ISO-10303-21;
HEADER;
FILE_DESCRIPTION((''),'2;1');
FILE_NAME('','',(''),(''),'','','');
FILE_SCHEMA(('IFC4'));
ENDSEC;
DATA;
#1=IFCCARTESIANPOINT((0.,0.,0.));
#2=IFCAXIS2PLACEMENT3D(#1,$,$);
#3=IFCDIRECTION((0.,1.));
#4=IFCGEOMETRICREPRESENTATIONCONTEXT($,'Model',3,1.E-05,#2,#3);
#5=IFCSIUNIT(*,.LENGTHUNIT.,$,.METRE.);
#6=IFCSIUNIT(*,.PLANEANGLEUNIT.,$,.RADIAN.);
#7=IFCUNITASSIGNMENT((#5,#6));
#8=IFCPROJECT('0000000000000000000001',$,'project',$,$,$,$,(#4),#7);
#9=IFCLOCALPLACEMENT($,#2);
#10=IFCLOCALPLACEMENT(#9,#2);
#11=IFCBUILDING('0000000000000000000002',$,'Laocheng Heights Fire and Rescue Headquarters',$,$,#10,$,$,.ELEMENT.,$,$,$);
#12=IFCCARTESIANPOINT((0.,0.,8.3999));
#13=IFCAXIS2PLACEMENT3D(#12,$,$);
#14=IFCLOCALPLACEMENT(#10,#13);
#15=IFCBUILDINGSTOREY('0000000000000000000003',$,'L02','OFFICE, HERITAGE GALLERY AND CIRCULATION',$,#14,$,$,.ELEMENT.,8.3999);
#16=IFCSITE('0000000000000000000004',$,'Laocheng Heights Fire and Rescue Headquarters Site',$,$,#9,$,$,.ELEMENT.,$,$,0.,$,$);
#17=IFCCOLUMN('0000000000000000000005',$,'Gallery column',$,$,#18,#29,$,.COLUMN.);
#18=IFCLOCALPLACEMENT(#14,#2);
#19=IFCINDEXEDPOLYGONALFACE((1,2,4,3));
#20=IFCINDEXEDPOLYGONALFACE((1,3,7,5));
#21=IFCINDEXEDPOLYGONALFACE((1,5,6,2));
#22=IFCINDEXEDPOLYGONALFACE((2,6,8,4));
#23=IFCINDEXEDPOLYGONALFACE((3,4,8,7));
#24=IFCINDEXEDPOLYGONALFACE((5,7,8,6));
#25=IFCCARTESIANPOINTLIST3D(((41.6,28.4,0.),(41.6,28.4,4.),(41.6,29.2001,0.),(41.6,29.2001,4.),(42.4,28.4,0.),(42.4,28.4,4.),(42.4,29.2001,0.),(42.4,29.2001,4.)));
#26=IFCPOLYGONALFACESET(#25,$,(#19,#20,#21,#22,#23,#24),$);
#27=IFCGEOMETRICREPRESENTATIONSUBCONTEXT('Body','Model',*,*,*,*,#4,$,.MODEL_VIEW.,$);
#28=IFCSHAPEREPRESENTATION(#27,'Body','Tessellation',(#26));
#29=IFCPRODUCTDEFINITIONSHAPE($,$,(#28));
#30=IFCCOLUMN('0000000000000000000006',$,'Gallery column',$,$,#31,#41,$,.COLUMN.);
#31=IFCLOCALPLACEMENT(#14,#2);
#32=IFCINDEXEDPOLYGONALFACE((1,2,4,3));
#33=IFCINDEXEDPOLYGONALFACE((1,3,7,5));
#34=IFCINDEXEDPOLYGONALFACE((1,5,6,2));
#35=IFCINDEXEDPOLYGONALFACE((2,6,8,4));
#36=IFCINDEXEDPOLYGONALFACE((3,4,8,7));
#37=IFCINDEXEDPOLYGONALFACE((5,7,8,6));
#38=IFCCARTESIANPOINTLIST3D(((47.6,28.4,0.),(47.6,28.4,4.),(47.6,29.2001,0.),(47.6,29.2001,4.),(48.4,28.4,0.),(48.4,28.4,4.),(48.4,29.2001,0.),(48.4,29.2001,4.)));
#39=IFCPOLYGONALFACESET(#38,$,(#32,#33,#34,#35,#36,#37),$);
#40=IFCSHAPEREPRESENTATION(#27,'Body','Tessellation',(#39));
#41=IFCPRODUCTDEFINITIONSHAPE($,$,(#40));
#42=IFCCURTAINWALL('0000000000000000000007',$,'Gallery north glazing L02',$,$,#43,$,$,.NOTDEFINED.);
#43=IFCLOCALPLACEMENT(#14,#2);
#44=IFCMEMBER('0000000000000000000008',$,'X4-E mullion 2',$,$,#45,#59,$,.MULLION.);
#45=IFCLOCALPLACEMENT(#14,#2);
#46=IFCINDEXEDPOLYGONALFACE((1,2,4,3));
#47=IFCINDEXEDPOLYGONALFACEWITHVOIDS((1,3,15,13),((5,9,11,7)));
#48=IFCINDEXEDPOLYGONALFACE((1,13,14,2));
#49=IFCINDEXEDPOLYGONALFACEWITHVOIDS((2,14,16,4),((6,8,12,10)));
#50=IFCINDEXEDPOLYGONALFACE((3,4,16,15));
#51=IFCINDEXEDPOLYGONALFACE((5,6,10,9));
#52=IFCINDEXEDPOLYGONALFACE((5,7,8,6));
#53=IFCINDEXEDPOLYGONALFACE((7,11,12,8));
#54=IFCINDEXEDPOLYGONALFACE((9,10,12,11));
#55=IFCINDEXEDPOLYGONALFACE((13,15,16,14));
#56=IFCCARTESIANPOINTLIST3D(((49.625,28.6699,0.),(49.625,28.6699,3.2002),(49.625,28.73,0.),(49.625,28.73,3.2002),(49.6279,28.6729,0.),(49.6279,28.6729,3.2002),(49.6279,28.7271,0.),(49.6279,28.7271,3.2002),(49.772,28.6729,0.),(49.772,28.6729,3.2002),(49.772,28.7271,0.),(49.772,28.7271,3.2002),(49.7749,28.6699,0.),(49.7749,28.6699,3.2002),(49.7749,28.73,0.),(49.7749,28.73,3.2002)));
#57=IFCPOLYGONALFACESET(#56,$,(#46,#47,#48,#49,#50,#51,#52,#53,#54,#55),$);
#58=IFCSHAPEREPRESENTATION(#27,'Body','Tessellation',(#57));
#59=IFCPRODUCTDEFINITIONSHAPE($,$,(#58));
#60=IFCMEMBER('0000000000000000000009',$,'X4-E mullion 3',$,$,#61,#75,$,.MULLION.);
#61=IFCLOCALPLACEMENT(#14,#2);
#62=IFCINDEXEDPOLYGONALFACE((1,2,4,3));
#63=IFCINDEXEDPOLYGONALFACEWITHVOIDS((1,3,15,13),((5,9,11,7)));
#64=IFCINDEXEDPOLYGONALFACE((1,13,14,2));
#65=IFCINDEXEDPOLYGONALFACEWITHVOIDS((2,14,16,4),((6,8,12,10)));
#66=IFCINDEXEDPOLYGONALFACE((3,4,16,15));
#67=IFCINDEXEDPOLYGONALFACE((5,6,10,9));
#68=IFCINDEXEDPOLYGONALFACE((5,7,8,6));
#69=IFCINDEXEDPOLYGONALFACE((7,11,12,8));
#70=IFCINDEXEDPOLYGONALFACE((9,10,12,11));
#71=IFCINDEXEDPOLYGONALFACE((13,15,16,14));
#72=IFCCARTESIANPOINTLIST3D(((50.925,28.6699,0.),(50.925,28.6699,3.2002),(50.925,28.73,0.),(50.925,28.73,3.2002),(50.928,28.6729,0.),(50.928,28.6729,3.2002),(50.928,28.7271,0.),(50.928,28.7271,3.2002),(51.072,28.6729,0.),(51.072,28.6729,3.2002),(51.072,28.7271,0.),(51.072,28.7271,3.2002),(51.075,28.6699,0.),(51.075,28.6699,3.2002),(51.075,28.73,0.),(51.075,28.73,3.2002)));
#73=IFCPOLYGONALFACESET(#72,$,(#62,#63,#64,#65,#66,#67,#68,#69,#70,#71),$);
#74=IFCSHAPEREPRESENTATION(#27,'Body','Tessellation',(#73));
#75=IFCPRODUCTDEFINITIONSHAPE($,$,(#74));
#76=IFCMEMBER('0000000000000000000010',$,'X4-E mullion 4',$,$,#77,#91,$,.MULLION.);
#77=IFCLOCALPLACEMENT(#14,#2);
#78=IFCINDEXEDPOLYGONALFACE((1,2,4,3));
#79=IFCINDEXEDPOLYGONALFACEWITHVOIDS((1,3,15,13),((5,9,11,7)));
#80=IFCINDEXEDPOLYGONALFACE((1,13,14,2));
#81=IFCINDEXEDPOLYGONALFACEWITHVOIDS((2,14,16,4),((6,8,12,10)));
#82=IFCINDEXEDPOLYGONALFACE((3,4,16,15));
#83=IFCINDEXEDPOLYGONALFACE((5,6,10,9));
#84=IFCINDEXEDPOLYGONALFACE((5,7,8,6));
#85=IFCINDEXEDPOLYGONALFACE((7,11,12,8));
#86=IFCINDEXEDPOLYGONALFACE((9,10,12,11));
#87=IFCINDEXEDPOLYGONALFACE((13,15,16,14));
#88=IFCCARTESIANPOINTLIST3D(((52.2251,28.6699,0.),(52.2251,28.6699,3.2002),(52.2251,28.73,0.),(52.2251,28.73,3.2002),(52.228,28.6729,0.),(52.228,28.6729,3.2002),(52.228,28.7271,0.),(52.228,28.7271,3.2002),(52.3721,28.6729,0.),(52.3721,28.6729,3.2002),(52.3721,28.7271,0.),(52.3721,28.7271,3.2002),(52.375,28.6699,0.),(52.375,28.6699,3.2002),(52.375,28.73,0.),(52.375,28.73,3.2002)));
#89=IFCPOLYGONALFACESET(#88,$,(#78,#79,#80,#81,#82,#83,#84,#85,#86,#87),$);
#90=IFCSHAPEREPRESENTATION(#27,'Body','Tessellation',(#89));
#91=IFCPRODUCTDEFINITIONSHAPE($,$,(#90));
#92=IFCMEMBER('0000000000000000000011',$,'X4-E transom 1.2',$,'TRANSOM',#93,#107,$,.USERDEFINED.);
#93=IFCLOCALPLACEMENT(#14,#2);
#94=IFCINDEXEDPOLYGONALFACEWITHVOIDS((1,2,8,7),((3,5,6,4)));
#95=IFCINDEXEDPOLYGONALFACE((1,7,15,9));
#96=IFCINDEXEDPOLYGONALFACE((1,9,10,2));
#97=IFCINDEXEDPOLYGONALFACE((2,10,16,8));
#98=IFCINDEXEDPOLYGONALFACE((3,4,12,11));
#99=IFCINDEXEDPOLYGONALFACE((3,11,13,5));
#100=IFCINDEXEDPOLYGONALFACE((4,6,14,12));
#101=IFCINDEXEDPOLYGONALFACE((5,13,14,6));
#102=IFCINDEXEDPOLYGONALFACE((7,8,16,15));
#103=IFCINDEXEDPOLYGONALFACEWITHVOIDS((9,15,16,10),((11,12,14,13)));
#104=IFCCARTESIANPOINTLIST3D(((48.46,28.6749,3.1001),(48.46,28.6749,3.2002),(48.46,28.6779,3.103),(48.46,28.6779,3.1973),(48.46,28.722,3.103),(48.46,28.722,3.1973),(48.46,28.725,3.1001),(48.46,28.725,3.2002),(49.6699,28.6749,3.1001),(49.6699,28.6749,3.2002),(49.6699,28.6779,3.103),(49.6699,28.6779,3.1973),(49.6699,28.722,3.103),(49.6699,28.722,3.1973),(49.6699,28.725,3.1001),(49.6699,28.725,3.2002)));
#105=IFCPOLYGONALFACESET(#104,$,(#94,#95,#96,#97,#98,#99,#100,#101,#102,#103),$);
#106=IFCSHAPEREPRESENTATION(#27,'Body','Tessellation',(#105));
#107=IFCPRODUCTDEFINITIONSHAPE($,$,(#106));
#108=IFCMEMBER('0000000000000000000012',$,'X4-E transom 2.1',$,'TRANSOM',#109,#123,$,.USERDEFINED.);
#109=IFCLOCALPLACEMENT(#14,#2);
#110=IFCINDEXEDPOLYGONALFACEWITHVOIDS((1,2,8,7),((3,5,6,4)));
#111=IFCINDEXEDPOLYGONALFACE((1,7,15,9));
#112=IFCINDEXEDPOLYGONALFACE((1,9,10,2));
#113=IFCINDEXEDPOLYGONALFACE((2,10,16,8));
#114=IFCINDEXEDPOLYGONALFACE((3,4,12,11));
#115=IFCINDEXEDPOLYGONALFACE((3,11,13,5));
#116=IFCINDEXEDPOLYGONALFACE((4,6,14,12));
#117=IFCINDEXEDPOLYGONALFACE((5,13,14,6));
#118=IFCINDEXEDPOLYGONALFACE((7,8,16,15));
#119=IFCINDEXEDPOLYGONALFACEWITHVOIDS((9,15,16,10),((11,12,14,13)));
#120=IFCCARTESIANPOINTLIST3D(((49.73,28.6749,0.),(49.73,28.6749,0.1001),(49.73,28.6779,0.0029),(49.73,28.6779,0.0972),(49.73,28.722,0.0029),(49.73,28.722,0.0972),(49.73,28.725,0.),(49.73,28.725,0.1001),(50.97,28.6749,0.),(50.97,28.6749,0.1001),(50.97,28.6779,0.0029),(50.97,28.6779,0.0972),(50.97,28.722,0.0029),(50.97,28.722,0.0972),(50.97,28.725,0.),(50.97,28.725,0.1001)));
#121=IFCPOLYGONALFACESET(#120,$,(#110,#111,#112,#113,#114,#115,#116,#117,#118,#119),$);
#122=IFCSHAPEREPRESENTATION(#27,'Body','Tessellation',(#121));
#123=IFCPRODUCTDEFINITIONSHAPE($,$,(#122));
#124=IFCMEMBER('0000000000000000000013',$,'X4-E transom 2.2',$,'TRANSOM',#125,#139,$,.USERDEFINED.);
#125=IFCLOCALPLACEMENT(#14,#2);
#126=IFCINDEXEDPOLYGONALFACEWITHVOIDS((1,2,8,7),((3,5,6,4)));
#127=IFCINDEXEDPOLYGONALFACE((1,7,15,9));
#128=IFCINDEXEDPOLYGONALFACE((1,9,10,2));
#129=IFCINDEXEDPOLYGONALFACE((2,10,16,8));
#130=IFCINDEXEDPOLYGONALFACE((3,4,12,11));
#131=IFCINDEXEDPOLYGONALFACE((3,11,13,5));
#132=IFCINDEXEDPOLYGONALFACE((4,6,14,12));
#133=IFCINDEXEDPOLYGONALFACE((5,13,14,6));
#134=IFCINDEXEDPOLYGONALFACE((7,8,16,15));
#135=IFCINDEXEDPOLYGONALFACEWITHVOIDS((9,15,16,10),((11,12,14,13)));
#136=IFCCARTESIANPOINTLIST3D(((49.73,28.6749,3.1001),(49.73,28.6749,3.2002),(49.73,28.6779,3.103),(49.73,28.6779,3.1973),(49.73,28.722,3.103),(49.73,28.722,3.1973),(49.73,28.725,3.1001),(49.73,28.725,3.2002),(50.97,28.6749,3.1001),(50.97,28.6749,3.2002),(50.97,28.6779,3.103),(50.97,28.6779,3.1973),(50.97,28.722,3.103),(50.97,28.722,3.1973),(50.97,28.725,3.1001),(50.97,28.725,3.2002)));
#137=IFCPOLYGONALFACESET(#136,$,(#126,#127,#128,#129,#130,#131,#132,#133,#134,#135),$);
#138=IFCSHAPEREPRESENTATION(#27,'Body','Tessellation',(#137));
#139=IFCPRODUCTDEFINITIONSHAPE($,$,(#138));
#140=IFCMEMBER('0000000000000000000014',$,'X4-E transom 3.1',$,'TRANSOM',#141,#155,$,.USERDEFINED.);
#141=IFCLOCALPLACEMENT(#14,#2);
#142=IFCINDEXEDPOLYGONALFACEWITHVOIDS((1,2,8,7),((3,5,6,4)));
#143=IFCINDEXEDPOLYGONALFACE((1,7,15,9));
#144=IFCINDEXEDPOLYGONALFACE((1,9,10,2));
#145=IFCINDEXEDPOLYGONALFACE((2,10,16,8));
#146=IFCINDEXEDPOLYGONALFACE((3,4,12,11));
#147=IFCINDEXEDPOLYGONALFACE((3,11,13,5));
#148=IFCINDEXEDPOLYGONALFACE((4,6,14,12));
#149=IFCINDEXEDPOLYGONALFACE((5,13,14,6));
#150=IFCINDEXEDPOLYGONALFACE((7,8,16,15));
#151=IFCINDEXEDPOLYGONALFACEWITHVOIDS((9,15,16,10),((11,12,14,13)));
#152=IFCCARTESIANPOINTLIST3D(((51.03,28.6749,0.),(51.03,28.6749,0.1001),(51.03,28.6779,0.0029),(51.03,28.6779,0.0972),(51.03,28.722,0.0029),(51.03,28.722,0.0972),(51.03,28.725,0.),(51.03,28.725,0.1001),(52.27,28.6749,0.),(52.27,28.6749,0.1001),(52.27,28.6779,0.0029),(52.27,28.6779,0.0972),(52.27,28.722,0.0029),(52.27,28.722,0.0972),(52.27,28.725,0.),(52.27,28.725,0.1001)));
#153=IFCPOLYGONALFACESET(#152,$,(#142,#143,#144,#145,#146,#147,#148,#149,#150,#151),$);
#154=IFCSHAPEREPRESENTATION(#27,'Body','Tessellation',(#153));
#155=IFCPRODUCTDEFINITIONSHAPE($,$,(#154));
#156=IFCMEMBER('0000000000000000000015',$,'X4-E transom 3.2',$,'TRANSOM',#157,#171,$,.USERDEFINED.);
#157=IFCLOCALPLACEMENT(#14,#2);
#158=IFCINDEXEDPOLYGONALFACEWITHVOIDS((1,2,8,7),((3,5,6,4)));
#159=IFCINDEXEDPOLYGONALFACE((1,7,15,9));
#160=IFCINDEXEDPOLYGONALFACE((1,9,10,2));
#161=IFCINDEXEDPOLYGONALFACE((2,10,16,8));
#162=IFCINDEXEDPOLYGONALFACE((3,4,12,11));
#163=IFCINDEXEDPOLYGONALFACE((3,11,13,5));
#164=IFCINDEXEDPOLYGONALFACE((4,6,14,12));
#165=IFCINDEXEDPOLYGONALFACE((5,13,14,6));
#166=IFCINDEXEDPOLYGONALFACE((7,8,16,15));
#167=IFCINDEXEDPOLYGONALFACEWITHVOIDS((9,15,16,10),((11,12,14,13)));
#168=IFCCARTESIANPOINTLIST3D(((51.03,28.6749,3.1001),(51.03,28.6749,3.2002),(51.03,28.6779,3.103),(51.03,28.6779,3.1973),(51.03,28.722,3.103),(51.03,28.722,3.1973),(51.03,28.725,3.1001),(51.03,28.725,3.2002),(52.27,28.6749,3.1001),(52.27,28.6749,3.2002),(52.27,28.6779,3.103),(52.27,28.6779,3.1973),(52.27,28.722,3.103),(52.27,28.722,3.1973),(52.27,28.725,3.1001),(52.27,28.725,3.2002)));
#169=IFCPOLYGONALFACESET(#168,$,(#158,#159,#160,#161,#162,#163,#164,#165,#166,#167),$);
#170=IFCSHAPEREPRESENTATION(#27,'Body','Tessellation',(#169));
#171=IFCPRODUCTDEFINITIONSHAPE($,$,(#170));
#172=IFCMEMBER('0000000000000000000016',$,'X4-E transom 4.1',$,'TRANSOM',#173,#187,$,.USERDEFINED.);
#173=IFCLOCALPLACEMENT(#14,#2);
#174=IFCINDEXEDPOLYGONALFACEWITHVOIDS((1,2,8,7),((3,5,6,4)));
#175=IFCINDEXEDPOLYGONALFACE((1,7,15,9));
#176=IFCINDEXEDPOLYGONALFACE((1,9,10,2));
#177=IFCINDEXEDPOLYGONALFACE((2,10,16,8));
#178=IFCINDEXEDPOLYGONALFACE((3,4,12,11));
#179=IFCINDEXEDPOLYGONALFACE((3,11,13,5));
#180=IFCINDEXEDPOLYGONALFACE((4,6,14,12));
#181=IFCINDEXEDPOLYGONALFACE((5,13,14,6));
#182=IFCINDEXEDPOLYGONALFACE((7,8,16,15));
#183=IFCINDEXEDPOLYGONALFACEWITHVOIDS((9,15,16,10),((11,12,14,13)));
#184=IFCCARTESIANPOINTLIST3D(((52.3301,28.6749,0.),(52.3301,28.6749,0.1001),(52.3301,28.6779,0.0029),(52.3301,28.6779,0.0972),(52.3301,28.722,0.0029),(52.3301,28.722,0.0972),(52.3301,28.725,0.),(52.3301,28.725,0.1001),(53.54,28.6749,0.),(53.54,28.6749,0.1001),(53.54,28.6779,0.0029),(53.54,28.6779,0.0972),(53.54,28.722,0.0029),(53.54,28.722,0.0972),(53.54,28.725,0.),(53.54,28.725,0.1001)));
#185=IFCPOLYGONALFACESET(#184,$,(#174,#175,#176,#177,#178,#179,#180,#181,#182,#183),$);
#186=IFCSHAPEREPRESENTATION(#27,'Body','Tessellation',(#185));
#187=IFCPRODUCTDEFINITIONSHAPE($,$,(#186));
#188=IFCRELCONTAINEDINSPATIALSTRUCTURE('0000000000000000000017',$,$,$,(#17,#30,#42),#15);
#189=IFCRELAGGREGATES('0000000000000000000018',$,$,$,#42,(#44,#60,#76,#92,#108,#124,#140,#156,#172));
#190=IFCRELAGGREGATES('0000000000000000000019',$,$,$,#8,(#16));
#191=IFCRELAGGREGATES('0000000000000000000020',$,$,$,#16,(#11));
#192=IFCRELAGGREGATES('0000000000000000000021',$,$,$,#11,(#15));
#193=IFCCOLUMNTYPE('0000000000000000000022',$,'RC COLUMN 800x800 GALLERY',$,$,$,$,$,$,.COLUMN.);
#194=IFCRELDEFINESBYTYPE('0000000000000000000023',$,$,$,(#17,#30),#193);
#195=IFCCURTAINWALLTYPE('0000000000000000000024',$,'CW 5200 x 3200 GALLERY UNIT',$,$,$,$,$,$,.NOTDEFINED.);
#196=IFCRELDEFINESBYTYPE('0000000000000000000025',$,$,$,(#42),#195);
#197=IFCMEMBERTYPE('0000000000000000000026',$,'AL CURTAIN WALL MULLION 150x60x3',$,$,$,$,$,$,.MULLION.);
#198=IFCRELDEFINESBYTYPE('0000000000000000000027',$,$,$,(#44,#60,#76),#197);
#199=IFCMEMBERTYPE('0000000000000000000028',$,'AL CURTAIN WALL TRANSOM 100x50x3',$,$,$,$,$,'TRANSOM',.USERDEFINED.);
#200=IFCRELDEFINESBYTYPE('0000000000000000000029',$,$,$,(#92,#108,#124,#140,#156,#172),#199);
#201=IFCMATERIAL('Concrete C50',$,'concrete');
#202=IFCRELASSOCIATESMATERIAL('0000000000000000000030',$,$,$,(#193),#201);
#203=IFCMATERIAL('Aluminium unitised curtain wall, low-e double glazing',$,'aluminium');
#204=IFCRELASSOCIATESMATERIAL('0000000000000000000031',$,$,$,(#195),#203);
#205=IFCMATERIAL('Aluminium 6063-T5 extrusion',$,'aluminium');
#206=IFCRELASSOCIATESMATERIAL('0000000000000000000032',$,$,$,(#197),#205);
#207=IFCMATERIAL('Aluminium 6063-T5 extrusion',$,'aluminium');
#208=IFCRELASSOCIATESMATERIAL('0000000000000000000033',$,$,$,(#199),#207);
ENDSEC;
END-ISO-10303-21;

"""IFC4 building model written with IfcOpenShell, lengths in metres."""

from ifc_helpers import new_model, si_unit, direction, frame, origin, origin_2d, place, context, subcontext, project, spatial, rectangle, hollow_rectangle, extrude, material, material_profile, profile_set, type_object, element, aggregate, save


model = new_model("IFC4")

# Units and contexts
model_context = context("Model", 3, precision=1e-05, world=origin(), true_north=direction((0.0, 1.0)))
body_context = subcontext(model_context, "Body", "Model", "MODEL_VIEW")
ifc_project = project(units=[si_unit("LENGTHUNIT", "METRE"), si_unit("PLANEANGLEUNIT", "RADIAN")], contexts=[model_context])

# Site, building, storey
site_placement = place(None, origin())
site = spatial("IfcSite", under=ifc_project, at=site_placement, Name="Laocheng Heights Fire and Rescue Headquarters Site", CompositionType="ELEMENT", RefElevation=0.0)
building_placement = place(site_placement, origin())
building = spatial("IfcBuilding", under=site, at=building_placement, Name="Laocheng Heights Fire and Rescue Headquarters", CompositionType="ELEMENT")
storey_placement = place(building_placement, frame((0.0, 0.0, 8.3999)))
storey = spatial("IfcBuildingStorey", under=building, at=storey_placement, Name="L02", Description="OFFICE, HERITAGE GALLERY AND CIRCULATION", CompositionType="ELEMENT", Elevation=8.3999)

# Columns
ifc_material_1 = material(Name="Concrete C50", Category="concrete")
ifc_material_profile_1 = material_profile(ifc_material_1, rectangle(XDim=0.8, YDim=0.8, at=origin_2d()), Name="RC COLUMN 800x800 GALLERY")
ifc_profile_set_1 = profile_set([ifc_material_profile_1], Name="Concrete C50")
column_type = type_object("IfcColumnType", Name="RC COLUMN 800x800 GALLERY", PredefinedType="COLUMN", material=ifc_profile_set_1)
for number, where, z_axis, x_axis, name in (
    (1, (42.0, 28.8, 0.0), (0.0, 0.0, 1.0), (1.0, 0.0, 0.0), "Gallery column"),
    (2, (48.0, 28.8, 0.0), (0.0, 0.0, 1.0), (1.0, 0.0, 0.0), "Gallery column"),
):
    element("IfcColumn", number, at=place(storey_placement, frame(where, z_axis=z_axis, x_axis=x_axis)), inside=storey, type_object=column_type, Name=name, PredefinedType="COLUMN", context=body_context, shape_type="SweptSolid", body=[
        extrude(rectangle(XDim=0.8, YDim=0.8, at=origin_2d()), origin(), (0.0, 0.0, 1.0), 4.0),
    ])

# Curtain wall, members
ifc_material_2 = material(Name="Aluminium unitised curtain wall, low-e double glazing", Category="aluminium")
curtain_wall_type_1 = type_object("IfcCurtainWallType", Name="CW 5200 x 3200 GALLERY UNIT", PredefinedType="NOTDEFINED", material=ifc_material_2)
curtain_wall_1_placement = place(storey_placement, origin())
curtain_wall_1 = element("IfcCurtainWall", 3, at=curtain_wall_1_placement, inside=storey, type_object=curtain_wall_type_1, Name="Gallery north glazing L02", PredefinedType="NOTDEFINED")
ifc_material_3 = material(Name="Aluminium 6063-T5 extrusion", Category="aluminium")
ifc_material_profile_2 = material_profile(ifc_material_3, hollow_rectangle(XDim=0.0601, YDim=0.1499, WallThickness=0.0029, at=origin_2d()), Name="AL MULLION 150x60x3")
ifc_profile_set_2 = profile_set([ifc_material_profile_2], Name="Aluminium 6063-T5 extrusion")
member_type_1 = type_object("IfcMemberType", Name="AL CURTAIN WALL MULLION 150x60x3", PredefinedType="MULLION", material=ifc_profile_set_2)
member_1_placement = place(storey_placement, frame((49.7, 28.7, 0.0), z_axis=(0.0, 0.0, 1.0), x_axis=(0.0, 1.0, 0.0)))
member_1 = element("IfcMember", 4, at=member_1_placement, type_object=member_type_1, Name="X4-E mullion 2", PredefinedType="MULLION", context=body_context, shape_type="SweptSolid", body=[
    extrude(hollow_rectangle(XDim=0.0601, YDim=0.1499, WallThickness=0.0029, at=origin_2d()), origin(), (0.0, 0.0, 1.0), 3.2002),
])
member_2_placement = place(storey_placement, frame((51.0, 28.7, 0.0), z_axis=(0.0, 0.0, 1.0), x_axis=(0.0, 1.0, 0.0)))
member_2 = element("IfcMember", 5, at=member_2_placement, type_object=member_type_1, Name="X4-E mullion 3", PredefinedType="MULLION", context=body_context, shape_type="SweptSolid", body=[
    extrude(hollow_rectangle(XDim=0.0601, YDim=0.1499, WallThickness=0.0029, at=origin_2d()), origin(), (0.0, 0.0, 1.0), 3.2002),
])
member_3_placement = place(storey_placement, frame((52.3, 28.7, 0.0), z_axis=(0.0, 0.0, 1.0), x_axis=(0.0, 1.0, 0.0)))
member_3 = element("IfcMember", 6, at=member_3_placement, type_object=member_type_1, Name="X4-E mullion 4", PredefinedType="MULLION", context=body_context, shape_type="SweptSolid", body=[
    extrude(hollow_rectangle(XDim=0.0601, YDim=0.1499, WallThickness=0.0029, at=origin_2d()), origin(), (0.0, 0.0, 1.0), 3.2002),
])
ifc_material_4 = material(Name="Aluminium 6063-T5 extrusion", Category="aluminium")
ifc_material_profile_3 = material_profile(ifc_material_4, hollow_rectangle(XDim=0.05, YDim=0.1001, WallThickness=0.0029, at=origin_2d()), Name="AL TRANSOM 100x50x3")
ifc_profile_set_3 = profile_set([ifc_material_profile_3], Name="Aluminium 6063-T5 extrusion")
member_type_2 = type_object("IfcMemberType", Name="AL CURTAIN WALL TRANSOM 100x50x3", ElementType="TRANSOM", PredefinedType="USERDEFINED", material=ifc_profile_set_3)
member_4_placement = place(storey_placement, frame((48.46, 28.7, 3.1501), z_axis=(1.0, 0.0, 0.0), x_axis=(0.0, 1.0, 0.0)))
member_4 = element("IfcMember", 7, at=member_4_placement, type_object=member_type_2, Name="X4-E transom 1.2", ObjectType="TRANSOM", PredefinedType="USERDEFINED", context=body_context, shape_type="SweptSolid", body=[
    extrude(hollow_rectangle(XDim=0.05, YDim=0.1001, WallThickness=0.0029, at=origin_2d()), origin(), (0.0, 0.0, 1.0), 1.21),
])
member_5_placement = place(storey_placement, frame((49.73, 28.7, 0.05), z_axis=(1.0, 0.0, 0.0), x_axis=(0.0, 1.0, 0.0)))
member_5 = element("IfcMember", 8, at=member_5_placement, type_object=member_type_2, Name="X4-E transom 2.1", ObjectType="TRANSOM", PredefinedType="USERDEFINED", context=body_context, shape_type="SweptSolid", body=[
    extrude(hollow_rectangle(XDim=0.05, YDim=0.1001, WallThickness=0.0029, at=origin_2d()), origin(), (0.0, 0.0, 1.0), 1.24),
])
member_6_placement = place(storey_placement, frame((49.73, 28.7, 3.1501), z_axis=(1.0, 0.0, 0.0), x_axis=(0.0, 1.0, 0.0)))
member_6 = element("IfcMember", 9, at=member_6_placement, type_object=member_type_2, Name="X4-E transom 2.2", ObjectType="TRANSOM", PredefinedType="USERDEFINED", context=body_context, shape_type="SweptSolid", body=[
    extrude(hollow_rectangle(XDim=0.05, YDim=0.1001, WallThickness=0.0029, at=origin_2d()), origin(), (0.0, 0.0, 1.0), 1.24),
])
member_7_placement = place(storey_placement, frame((51.03, 28.7, 0.05), z_axis=(1.0, 0.0, 0.0), x_axis=(0.0, 1.0, 0.0)))
member_7 = element("IfcMember", 10, at=member_7_placement, type_object=member_type_2, Name="X4-E transom 3.1", ObjectType="TRANSOM", PredefinedType="USERDEFINED", context=body_context, shape_type="SweptSolid", body=[
    extrude(hollow_rectangle(XDim=0.05, YDim=0.1001, WallThickness=0.0029, at=origin_2d()), origin(), (0.0, 0.0, 1.0), 1.24),
])
member_8_placement = place(storey_placement, frame((51.03, 28.7, 3.1501), z_axis=(1.0, 0.0, 0.0), x_axis=(0.0, 1.0, 0.0)))
member_8 = element("IfcMember", 11, at=member_8_placement, type_object=member_type_2, Name="X4-E transom 3.2", ObjectType="TRANSOM", PredefinedType="USERDEFINED", context=body_context, shape_type="SweptSolid", body=[
    extrude(hollow_rectangle(XDim=0.05, YDim=0.1001, WallThickness=0.0029, at=origin_2d()), origin(), (0.0, 0.0, 1.0), 1.24),
])
member_9_placement = place(storey_placement, frame((52.3301, 28.7, 0.05), z_axis=(1.0, 0.0, 0.0), x_axis=(0.0, 1.0, 0.0)))
member_9 = element("IfcMember", 12, at=member_9_placement, type_object=member_type_2, Name="X4-E transom 4.1", ObjectType="TRANSOM", PredefinedType="USERDEFINED", context=body_context, shape_type="SweptSolid", body=[
    extrude(hollow_rectangle(XDim=0.05, YDim=0.1001, WallThickness=0.0029, at=origin_2d()), origin(), (0.0, 0.0, 1.0), 1.21),
])

aggregate(curtain_wall_1, [member_1, member_2, member_3, member_4, member_5, member_6, member_7, member_8, member_9])

save(model, "model.ifc")
